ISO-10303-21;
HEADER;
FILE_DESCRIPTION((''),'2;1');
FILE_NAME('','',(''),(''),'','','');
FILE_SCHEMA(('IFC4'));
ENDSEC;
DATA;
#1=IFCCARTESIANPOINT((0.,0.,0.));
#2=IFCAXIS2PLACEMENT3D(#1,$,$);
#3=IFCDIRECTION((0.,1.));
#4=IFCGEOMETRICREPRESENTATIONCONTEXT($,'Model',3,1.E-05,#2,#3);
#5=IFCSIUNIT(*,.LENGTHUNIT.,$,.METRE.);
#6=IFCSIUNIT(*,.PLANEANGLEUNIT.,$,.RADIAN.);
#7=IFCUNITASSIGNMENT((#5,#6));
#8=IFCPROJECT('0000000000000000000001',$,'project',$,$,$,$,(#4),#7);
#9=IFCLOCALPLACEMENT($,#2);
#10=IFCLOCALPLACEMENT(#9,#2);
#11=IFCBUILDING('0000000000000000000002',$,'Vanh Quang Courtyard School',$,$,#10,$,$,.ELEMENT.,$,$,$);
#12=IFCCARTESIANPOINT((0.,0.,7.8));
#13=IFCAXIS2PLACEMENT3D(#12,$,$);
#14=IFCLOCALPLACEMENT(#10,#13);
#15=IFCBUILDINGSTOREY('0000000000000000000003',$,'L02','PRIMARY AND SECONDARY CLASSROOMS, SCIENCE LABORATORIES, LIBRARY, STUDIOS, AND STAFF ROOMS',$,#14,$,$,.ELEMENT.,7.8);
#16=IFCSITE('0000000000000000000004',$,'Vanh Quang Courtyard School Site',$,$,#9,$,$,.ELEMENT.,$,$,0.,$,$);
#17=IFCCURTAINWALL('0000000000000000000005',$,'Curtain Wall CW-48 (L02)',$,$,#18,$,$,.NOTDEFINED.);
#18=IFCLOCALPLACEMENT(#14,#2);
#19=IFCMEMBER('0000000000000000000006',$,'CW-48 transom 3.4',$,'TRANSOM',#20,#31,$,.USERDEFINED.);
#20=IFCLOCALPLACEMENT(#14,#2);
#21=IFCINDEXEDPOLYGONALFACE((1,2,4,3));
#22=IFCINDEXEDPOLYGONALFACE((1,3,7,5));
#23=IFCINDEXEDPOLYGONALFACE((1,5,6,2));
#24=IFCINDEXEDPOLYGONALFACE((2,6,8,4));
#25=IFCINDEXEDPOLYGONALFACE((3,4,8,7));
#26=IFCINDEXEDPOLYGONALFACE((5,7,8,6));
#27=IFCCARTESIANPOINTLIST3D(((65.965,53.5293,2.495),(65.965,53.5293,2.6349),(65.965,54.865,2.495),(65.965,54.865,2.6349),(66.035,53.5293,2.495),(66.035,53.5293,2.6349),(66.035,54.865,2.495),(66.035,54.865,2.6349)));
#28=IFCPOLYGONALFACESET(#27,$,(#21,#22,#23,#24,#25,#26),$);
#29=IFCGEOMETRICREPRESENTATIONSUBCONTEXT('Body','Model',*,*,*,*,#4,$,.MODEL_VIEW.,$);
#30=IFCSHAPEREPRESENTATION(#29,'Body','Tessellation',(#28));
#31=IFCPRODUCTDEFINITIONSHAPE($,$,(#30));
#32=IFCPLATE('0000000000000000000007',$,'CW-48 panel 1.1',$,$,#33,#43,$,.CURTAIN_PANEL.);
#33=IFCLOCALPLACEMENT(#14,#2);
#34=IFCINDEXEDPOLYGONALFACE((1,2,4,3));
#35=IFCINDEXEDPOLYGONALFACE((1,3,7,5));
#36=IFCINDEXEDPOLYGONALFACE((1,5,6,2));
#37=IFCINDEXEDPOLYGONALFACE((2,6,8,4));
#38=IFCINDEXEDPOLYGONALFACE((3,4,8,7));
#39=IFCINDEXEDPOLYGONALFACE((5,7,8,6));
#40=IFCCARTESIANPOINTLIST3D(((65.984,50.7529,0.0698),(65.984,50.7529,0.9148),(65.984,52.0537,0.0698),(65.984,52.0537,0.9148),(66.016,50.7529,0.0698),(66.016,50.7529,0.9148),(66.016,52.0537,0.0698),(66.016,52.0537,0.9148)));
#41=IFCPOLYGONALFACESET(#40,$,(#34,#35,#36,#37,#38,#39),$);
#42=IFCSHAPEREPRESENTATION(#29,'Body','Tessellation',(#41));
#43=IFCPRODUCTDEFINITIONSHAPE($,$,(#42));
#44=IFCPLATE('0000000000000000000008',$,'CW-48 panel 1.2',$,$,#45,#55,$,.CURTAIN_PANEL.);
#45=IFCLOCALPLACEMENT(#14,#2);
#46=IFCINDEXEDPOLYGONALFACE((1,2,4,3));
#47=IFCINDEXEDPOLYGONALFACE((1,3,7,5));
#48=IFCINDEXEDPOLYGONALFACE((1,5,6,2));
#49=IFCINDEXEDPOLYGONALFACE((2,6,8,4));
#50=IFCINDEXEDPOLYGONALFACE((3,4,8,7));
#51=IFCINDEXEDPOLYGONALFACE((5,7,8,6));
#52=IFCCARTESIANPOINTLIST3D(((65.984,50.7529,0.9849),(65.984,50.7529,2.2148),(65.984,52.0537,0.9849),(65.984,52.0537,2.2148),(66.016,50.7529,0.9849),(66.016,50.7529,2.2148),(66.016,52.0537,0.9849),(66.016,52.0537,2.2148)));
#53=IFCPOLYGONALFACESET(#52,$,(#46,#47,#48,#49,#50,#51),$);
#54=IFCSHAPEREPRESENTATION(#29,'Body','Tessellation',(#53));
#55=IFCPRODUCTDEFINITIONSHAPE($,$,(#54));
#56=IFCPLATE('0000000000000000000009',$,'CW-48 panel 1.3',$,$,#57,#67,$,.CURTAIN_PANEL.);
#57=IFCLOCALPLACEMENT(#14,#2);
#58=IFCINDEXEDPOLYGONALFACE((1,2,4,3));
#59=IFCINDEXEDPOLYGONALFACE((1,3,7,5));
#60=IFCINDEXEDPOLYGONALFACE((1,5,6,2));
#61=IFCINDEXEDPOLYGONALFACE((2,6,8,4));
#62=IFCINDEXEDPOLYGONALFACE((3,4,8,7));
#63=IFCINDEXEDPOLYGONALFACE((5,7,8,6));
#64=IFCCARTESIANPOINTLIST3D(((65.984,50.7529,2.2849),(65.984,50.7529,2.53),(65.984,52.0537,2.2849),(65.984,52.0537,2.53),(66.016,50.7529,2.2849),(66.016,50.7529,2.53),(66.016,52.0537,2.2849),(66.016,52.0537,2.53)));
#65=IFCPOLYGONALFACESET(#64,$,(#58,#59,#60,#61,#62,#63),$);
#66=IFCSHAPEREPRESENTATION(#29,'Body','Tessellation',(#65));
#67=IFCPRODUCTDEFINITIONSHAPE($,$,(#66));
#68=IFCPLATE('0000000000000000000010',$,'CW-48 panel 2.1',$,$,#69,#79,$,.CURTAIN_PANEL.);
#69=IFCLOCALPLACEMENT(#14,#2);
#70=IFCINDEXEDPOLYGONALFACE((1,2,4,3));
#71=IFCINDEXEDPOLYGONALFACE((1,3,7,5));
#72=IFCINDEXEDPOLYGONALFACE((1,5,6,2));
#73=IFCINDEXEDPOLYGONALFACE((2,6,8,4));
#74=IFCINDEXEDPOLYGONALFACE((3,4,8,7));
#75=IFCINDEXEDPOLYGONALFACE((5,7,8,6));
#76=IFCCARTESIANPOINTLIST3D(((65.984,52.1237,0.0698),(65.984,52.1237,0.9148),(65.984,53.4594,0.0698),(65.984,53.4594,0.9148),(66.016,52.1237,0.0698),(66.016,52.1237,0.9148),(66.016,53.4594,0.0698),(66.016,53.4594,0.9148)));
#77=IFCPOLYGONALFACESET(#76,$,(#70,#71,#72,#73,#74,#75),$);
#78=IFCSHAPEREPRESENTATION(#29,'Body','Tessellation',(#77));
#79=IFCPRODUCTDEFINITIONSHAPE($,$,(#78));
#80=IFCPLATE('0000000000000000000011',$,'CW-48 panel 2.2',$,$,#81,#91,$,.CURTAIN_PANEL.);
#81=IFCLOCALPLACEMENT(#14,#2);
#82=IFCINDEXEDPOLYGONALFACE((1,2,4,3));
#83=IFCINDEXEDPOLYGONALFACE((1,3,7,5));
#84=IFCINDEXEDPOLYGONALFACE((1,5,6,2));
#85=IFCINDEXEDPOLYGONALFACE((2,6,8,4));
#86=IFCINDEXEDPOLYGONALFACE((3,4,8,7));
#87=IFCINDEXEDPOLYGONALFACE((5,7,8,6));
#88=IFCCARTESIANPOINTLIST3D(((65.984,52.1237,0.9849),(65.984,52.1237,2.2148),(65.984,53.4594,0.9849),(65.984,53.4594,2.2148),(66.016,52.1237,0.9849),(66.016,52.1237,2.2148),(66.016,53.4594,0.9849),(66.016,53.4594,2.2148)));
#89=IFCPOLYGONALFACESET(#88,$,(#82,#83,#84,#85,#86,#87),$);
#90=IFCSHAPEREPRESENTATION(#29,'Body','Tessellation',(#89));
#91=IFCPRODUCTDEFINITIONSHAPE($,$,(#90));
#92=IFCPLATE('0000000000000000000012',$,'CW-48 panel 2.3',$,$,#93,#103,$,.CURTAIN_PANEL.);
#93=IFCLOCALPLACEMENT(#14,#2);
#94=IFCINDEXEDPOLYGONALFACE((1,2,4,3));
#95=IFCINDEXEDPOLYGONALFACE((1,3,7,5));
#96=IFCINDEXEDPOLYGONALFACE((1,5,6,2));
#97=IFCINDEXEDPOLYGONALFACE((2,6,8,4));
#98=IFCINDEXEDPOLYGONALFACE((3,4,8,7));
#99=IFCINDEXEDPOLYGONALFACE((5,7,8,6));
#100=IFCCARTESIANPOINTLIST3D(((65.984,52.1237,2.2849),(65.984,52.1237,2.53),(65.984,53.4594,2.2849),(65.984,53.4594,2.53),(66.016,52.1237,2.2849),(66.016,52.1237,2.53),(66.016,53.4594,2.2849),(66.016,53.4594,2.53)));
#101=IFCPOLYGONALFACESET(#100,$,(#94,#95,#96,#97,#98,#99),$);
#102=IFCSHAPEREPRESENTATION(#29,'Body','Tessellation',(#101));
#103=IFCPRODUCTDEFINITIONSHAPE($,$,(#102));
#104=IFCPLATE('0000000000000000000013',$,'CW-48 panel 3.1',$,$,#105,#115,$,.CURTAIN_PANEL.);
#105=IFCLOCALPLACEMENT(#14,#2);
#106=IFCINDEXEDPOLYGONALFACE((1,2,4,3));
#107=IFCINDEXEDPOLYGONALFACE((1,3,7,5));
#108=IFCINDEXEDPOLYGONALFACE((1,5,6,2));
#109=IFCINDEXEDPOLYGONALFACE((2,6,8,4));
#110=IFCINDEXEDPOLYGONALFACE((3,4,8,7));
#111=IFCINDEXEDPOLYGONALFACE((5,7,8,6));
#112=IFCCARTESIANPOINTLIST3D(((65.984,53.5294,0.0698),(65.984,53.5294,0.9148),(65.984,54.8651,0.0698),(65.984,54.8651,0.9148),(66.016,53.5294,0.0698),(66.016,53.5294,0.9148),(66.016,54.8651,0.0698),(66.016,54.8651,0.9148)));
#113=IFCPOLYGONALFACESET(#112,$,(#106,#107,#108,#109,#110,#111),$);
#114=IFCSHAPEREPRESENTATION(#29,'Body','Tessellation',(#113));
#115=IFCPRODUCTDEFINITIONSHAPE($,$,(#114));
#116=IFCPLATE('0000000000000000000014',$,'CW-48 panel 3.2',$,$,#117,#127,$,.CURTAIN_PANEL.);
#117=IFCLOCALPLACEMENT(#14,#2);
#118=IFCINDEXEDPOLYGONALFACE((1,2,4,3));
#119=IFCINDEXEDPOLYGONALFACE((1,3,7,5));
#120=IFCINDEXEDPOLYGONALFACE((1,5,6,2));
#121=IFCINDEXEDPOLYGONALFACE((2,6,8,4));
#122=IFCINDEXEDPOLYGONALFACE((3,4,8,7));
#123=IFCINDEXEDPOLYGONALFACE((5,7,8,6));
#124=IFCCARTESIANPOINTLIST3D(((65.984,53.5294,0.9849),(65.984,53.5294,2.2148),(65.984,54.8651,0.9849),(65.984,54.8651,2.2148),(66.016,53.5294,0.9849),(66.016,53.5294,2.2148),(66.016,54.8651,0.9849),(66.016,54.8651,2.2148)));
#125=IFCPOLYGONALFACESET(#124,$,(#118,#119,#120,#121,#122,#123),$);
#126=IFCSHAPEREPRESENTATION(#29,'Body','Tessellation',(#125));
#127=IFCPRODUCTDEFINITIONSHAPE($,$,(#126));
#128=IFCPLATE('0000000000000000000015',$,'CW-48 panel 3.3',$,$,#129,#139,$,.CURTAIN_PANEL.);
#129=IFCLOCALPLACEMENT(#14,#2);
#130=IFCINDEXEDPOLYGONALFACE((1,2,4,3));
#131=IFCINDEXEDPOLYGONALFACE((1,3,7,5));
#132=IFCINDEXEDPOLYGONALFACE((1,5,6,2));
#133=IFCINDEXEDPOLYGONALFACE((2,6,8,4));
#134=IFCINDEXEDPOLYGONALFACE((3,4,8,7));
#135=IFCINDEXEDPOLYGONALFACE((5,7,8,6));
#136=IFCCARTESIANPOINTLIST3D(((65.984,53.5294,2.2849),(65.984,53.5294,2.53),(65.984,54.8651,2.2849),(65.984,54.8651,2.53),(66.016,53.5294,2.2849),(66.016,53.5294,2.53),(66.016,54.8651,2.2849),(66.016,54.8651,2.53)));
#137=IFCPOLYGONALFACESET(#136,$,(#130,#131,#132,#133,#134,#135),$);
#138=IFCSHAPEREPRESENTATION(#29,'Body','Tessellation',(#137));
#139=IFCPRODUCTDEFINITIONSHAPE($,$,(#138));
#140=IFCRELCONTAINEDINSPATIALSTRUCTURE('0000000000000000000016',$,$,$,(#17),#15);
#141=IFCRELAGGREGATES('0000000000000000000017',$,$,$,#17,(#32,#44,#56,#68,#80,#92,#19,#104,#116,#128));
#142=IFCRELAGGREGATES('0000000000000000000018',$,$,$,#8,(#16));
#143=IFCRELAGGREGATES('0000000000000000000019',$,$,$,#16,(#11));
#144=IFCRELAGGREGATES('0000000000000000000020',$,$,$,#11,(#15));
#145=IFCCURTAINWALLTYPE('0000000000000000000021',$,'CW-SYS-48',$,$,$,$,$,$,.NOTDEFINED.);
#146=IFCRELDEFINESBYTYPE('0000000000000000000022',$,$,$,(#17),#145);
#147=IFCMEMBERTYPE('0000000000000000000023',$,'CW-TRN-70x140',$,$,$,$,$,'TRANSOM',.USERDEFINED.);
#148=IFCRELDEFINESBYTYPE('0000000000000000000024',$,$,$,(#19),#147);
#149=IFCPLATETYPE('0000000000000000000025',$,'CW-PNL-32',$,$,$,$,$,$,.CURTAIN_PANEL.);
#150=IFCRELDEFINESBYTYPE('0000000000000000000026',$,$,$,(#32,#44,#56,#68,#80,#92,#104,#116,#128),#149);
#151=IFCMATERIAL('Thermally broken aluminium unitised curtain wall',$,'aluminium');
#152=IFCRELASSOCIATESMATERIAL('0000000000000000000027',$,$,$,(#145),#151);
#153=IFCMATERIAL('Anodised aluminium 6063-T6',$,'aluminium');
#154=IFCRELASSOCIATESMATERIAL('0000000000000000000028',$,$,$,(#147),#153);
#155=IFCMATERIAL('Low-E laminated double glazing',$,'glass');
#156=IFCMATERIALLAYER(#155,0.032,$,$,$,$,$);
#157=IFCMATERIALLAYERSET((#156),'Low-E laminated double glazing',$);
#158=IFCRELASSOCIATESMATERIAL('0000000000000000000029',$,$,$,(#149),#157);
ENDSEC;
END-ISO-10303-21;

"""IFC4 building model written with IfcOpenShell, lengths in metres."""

from ifc_helpers import new_model, si_unit, direction, frame, origin, origin_2d, place, context, subcontext, project, spatial, rectangle, extrude, material, layer, layer_set, material_profile, profile_set, type_object, element, aggregate, save


model = new_model("IFC4")

# Units and contexts
model_context = context("Model", 3, precision=1e-05, world=origin(), true_north=direction((0.0, 1.0)))
body_context = subcontext(model_context, "Body", "Model", "MODEL_VIEW")
ifc_project = project(units=[si_unit("LENGTHUNIT", "METRE"), si_unit("PLANEANGLEUNIT", "RADIAN")], contexts=[model_context])

# Site, building, storey
site_placement = place(None, origin())
site = spatial("IfcSite", under=ifc_project, at=site_placement, Name="Vanh Quang Courtyard School Site", CompositionType="ELEMENT", RefElevation=0.0)
building_placement = place(site_placement, origin())
building = spatial("IfcBuilding", under=site, at=building_placement, Name="Vanh Quang Courtyard School", CompositionType="ELEMENT")
storey_placement = place(building_placement, frame((0.0, 0.0, 7.8)))
storey = spatial("IfcBuildingStorey", under=building, at=storey_placement, Name="L02", Description="PRIMARY AND SECONDARY CLASSROOMS, SCIENCE LABORATORIES, LIBRARY, STUDIOS, AND STAFF ROOMS", CompositionType="ELEMENT", Elevation=7.8)

# Curtain wall, member, plates
ifc_material_1 = material(Name="Thermally broken aluminium unitised curtain wall", Category="aluminium")
curtain_wall_type = type_object("IfcCurtainWallType", Name="CW-SYS-48", PredefinedType="NOTDEFINED", material=ifc_material_1)
curtain_wall_placement = place(storey_placement, origin())
curtain_wall = element("IfcCurtainWall", 1, at=curtain_wall_placement, inside=storey, type_object=curtain_wall_type, Name="Curtain Wall CW-48 (L02)", PredefinedType="NOTDEFINED")
ifc_material_2 = material(Name="Anodised aluminium 6063-T6", Category="aluminium")
ifc_material_profile_1 = material_profile(ifc_material_2, rectangle(XDim=0.0701, YDim=0.1399, at=origin_2d()), Name="ALU-TRN 70x140")
ifc_profile_set_1 = profile_set([ifc_material_profile_1], Name="Anodised aluminium 6063-T6")
member_type_1 = type_object("IfcMemberType", Name="CW-TRN-70x140", ElementType="TRANSOM", PredefinedType="USERDEFINED", material=ifc_profile_set_1)
member_1_placement = place(storey_placement, frame((66.0, 53.5293, 2.5649), z_axis=(0.0, 1.0, 0.0), x_axis=(-1.0, 0.0, 0.0)))
member_1 = element("IfcMember", 2, at=member_1_placement, type_object=member_type_1, Name="CW-48 transom 3.4", ObjectType="TRANSOM", PredefinedType="USERDEFINED", context=body_context, shape_type="SweptSolid", body=[
    extrude(rectangle(XDim=0.0701, YDim=0.1399, at=origin_2d()), origin(), (0.0, 0.0, 1.0), 1.3357),
])
ifc_material_3 = material(Name="Low-E laminated double glazing", Category="glass")
ifc_layer = layer(ifc_material_3, 0.032)
ifc_layer_set = layer_set([ifc_layer], Name="Low-E laminated double glazing")
plate_type = type_object("IfcPlateType", Name="CW-PNL-32", PredefinedType="CURTAIN_PANEL", material=ifc_layer_set)
plate_1_placement = place(storey_placement, frame((66.0, 51.4033, 0.0698), z_axis=(0.0, 0.0, 1.0), x_axis=(0.0, 1.0, 0.0)))
plate_1 = element("IfcPlate", 3, at=plate_1_placement, type_object=plate_type, Name="CW-48 panel 1.1", PredefinedType="CURTAIN_PANEL", context=body_context, shape_type="SweptSolid", body=[
    extrude(rectangle(XDim=1.3008, YDim=0.032, at=origin_2d()), origin(), (0.0, 0.0, 1.0), 0.845),
])
plate_2_placement = place(storey_placement, frame((66.0, 51.4033, 0.9849), z_axis=(0.0, 0.0, 1.0), x_axis=(0.0, 1.0, 0.0)))
plate_2 = element("IfcPlate", 4, at=plate_2_placement, type_object=plate_type, Name="CW-48 panel 1.2", PredefinedType="CURTAIN_PANEL", context=body_context, shape_type="SweptSolid", body=[
    extrude(rectangle(XDim=1.3008, YDim=0.032, at=origin_2d()), origin(), (0.0, 0.0, 1.0), 1.23),
])
plate_3_placement = place(storey_placement, frame((66.0, 51.4033, 2.2849), z_axis=(0.0, 0.0, 1.0), x_axis=(0.0, 1.0, 0.0)))
plate_3 = element("IfcPlate", 5, at=plate_3_placement, type_object=plate_type, Name="CW-48 panel 1.3", PredefinedType="CURTAIN_PANEL", context=body_context, shape_type="SweptSolid", body=[
    extrude(rectangle(XDim=1.3008, YDim=0.032, at=origin_2d()), origin(), (0.0, 0.0, 1.0), 0.2451),
])
plate_4_placement = place(storey_placement, frame((66.0, 52.7915, 0.0698), z_axis=(0.0, 0.0, 1.0), x_axis=(0.0, 1.0, 0.0)))
plate_4 = element("IfcPlate", 6, at=plate_4_placement, type_object=plate_type, Name="CW-48 panel 2.1", PredefinedType="CURTAIN_PANEL", context=body_context, shape_type="SweptSolid", body=[
    extrude(rectangle(XDim=1.3357, YDim=0.032, at=origin_2d()), origin(), (0.0, 0.0, 1.0), 0.845),
])
plate_5_placement = place(storey_placement, frame((66.0, 52.7915, 0.9849), z_axis=(0.0, 0.0, 1.0), x_axis=(0.0, 1.0, 0.0)))
plate_5 = element("IfcPlate", 7, at=plate_5_placement, type_object=plate_type, Name="CW-48 panel 2.2", PredefinedType="CURTAIN_PANEL", context=body_context, shape_type="SweptSolid", body=[
    extrude(rectangle(XDim=1.3357, YDim=0.032, at=origin_2d()), origin(), (0.0, 0.0, 1.0), 1.23),
])
plate_6_placement = place(storey_placement, frame((66.0, 52.7915, 2.2849), z_axis=(0.0, 0.0, 1.0), x_axis=(0.0, 1.0, 0.0)))
plate_6 = element("IfcPlate", 8, at=plate_6_placement, type_object=plate_type, Name="CW-48 panel 2.3", PredefinedType="CURTAIN_PANEL", context=body_context, shape_type="SweptSolid", body=[
    extrude(rectangle(XDim=1.3357, YDim=0.032, at=origin_2d()), origin(), (0.0, 0.0, 1.0), 0.2451),
])
plate_7_placement = place(storey_placement, frame((66.0, 54.1973, 0.0698), z_axis=(0.0, 0.0, 1.0), x_axis=(0.0, 1.0, 0.0)))
plate_7 = element("IfcPlate", 9, at=plate_7_placement, type_object=plate_type, Name="CW-48 panel 3.1", PredefinedType="CURTAIN_PANEL", context=body_context, shape_type="SweptSolid", body=[
    extrude(rectangle(XDim=1.3357, YDim=0.032, at=origin_2d()), origin(), (0.0, 0.0, 1.0), 0.845),
])
plate_8_placement = place(storey_placement, frame((66.0, 54.1973, 0.9849), z_axis=(0.0, 0.0, 1.0), x_axis=(0.0, 1.0, 0.0)))
plate_8 = element("IfcPlate", 10, at=plate_8_placement, type_object=plate_type, Name="CW-48 panel 3.2", PredefinedType="CURTAIN_PANEL", context=body_context, shape_type="SweptSolid", body=[
    extrude(rectangle(XDim=1.3357, YDim=0.032, at=origin_2d()), origin(), (0.0, 0.0, 1.0), 1.23),
])
plate_9_placement = place(storey_placement, frame((66.0, 54.1973, 2.2849), z_axis=(0.0, 0.0, 1.0), x_axis=(0.0, 1.0, 0.0)))
plate_9 = element("IfcPlate", 11, at=plate_9_placement, type_object=plate_type, Name="CW-48 panel 3.3", PredefinedType="CURTAIN_PANEL", context=body_context, shape_type="SweptSolid", body=[
    extrude(rectangle(XDim=1.3357, YDim=0.032, at=origin_2d()), origin(), (0.0, 0.0, 1.0), 0.2451),
])
aggregate(curtain_wall, [plate_1, plate_2, plate_3, plate_4, plate_5, plate_6, member_1, plate_7, plate_8, plate_9])

save(model, "model.ifc")
